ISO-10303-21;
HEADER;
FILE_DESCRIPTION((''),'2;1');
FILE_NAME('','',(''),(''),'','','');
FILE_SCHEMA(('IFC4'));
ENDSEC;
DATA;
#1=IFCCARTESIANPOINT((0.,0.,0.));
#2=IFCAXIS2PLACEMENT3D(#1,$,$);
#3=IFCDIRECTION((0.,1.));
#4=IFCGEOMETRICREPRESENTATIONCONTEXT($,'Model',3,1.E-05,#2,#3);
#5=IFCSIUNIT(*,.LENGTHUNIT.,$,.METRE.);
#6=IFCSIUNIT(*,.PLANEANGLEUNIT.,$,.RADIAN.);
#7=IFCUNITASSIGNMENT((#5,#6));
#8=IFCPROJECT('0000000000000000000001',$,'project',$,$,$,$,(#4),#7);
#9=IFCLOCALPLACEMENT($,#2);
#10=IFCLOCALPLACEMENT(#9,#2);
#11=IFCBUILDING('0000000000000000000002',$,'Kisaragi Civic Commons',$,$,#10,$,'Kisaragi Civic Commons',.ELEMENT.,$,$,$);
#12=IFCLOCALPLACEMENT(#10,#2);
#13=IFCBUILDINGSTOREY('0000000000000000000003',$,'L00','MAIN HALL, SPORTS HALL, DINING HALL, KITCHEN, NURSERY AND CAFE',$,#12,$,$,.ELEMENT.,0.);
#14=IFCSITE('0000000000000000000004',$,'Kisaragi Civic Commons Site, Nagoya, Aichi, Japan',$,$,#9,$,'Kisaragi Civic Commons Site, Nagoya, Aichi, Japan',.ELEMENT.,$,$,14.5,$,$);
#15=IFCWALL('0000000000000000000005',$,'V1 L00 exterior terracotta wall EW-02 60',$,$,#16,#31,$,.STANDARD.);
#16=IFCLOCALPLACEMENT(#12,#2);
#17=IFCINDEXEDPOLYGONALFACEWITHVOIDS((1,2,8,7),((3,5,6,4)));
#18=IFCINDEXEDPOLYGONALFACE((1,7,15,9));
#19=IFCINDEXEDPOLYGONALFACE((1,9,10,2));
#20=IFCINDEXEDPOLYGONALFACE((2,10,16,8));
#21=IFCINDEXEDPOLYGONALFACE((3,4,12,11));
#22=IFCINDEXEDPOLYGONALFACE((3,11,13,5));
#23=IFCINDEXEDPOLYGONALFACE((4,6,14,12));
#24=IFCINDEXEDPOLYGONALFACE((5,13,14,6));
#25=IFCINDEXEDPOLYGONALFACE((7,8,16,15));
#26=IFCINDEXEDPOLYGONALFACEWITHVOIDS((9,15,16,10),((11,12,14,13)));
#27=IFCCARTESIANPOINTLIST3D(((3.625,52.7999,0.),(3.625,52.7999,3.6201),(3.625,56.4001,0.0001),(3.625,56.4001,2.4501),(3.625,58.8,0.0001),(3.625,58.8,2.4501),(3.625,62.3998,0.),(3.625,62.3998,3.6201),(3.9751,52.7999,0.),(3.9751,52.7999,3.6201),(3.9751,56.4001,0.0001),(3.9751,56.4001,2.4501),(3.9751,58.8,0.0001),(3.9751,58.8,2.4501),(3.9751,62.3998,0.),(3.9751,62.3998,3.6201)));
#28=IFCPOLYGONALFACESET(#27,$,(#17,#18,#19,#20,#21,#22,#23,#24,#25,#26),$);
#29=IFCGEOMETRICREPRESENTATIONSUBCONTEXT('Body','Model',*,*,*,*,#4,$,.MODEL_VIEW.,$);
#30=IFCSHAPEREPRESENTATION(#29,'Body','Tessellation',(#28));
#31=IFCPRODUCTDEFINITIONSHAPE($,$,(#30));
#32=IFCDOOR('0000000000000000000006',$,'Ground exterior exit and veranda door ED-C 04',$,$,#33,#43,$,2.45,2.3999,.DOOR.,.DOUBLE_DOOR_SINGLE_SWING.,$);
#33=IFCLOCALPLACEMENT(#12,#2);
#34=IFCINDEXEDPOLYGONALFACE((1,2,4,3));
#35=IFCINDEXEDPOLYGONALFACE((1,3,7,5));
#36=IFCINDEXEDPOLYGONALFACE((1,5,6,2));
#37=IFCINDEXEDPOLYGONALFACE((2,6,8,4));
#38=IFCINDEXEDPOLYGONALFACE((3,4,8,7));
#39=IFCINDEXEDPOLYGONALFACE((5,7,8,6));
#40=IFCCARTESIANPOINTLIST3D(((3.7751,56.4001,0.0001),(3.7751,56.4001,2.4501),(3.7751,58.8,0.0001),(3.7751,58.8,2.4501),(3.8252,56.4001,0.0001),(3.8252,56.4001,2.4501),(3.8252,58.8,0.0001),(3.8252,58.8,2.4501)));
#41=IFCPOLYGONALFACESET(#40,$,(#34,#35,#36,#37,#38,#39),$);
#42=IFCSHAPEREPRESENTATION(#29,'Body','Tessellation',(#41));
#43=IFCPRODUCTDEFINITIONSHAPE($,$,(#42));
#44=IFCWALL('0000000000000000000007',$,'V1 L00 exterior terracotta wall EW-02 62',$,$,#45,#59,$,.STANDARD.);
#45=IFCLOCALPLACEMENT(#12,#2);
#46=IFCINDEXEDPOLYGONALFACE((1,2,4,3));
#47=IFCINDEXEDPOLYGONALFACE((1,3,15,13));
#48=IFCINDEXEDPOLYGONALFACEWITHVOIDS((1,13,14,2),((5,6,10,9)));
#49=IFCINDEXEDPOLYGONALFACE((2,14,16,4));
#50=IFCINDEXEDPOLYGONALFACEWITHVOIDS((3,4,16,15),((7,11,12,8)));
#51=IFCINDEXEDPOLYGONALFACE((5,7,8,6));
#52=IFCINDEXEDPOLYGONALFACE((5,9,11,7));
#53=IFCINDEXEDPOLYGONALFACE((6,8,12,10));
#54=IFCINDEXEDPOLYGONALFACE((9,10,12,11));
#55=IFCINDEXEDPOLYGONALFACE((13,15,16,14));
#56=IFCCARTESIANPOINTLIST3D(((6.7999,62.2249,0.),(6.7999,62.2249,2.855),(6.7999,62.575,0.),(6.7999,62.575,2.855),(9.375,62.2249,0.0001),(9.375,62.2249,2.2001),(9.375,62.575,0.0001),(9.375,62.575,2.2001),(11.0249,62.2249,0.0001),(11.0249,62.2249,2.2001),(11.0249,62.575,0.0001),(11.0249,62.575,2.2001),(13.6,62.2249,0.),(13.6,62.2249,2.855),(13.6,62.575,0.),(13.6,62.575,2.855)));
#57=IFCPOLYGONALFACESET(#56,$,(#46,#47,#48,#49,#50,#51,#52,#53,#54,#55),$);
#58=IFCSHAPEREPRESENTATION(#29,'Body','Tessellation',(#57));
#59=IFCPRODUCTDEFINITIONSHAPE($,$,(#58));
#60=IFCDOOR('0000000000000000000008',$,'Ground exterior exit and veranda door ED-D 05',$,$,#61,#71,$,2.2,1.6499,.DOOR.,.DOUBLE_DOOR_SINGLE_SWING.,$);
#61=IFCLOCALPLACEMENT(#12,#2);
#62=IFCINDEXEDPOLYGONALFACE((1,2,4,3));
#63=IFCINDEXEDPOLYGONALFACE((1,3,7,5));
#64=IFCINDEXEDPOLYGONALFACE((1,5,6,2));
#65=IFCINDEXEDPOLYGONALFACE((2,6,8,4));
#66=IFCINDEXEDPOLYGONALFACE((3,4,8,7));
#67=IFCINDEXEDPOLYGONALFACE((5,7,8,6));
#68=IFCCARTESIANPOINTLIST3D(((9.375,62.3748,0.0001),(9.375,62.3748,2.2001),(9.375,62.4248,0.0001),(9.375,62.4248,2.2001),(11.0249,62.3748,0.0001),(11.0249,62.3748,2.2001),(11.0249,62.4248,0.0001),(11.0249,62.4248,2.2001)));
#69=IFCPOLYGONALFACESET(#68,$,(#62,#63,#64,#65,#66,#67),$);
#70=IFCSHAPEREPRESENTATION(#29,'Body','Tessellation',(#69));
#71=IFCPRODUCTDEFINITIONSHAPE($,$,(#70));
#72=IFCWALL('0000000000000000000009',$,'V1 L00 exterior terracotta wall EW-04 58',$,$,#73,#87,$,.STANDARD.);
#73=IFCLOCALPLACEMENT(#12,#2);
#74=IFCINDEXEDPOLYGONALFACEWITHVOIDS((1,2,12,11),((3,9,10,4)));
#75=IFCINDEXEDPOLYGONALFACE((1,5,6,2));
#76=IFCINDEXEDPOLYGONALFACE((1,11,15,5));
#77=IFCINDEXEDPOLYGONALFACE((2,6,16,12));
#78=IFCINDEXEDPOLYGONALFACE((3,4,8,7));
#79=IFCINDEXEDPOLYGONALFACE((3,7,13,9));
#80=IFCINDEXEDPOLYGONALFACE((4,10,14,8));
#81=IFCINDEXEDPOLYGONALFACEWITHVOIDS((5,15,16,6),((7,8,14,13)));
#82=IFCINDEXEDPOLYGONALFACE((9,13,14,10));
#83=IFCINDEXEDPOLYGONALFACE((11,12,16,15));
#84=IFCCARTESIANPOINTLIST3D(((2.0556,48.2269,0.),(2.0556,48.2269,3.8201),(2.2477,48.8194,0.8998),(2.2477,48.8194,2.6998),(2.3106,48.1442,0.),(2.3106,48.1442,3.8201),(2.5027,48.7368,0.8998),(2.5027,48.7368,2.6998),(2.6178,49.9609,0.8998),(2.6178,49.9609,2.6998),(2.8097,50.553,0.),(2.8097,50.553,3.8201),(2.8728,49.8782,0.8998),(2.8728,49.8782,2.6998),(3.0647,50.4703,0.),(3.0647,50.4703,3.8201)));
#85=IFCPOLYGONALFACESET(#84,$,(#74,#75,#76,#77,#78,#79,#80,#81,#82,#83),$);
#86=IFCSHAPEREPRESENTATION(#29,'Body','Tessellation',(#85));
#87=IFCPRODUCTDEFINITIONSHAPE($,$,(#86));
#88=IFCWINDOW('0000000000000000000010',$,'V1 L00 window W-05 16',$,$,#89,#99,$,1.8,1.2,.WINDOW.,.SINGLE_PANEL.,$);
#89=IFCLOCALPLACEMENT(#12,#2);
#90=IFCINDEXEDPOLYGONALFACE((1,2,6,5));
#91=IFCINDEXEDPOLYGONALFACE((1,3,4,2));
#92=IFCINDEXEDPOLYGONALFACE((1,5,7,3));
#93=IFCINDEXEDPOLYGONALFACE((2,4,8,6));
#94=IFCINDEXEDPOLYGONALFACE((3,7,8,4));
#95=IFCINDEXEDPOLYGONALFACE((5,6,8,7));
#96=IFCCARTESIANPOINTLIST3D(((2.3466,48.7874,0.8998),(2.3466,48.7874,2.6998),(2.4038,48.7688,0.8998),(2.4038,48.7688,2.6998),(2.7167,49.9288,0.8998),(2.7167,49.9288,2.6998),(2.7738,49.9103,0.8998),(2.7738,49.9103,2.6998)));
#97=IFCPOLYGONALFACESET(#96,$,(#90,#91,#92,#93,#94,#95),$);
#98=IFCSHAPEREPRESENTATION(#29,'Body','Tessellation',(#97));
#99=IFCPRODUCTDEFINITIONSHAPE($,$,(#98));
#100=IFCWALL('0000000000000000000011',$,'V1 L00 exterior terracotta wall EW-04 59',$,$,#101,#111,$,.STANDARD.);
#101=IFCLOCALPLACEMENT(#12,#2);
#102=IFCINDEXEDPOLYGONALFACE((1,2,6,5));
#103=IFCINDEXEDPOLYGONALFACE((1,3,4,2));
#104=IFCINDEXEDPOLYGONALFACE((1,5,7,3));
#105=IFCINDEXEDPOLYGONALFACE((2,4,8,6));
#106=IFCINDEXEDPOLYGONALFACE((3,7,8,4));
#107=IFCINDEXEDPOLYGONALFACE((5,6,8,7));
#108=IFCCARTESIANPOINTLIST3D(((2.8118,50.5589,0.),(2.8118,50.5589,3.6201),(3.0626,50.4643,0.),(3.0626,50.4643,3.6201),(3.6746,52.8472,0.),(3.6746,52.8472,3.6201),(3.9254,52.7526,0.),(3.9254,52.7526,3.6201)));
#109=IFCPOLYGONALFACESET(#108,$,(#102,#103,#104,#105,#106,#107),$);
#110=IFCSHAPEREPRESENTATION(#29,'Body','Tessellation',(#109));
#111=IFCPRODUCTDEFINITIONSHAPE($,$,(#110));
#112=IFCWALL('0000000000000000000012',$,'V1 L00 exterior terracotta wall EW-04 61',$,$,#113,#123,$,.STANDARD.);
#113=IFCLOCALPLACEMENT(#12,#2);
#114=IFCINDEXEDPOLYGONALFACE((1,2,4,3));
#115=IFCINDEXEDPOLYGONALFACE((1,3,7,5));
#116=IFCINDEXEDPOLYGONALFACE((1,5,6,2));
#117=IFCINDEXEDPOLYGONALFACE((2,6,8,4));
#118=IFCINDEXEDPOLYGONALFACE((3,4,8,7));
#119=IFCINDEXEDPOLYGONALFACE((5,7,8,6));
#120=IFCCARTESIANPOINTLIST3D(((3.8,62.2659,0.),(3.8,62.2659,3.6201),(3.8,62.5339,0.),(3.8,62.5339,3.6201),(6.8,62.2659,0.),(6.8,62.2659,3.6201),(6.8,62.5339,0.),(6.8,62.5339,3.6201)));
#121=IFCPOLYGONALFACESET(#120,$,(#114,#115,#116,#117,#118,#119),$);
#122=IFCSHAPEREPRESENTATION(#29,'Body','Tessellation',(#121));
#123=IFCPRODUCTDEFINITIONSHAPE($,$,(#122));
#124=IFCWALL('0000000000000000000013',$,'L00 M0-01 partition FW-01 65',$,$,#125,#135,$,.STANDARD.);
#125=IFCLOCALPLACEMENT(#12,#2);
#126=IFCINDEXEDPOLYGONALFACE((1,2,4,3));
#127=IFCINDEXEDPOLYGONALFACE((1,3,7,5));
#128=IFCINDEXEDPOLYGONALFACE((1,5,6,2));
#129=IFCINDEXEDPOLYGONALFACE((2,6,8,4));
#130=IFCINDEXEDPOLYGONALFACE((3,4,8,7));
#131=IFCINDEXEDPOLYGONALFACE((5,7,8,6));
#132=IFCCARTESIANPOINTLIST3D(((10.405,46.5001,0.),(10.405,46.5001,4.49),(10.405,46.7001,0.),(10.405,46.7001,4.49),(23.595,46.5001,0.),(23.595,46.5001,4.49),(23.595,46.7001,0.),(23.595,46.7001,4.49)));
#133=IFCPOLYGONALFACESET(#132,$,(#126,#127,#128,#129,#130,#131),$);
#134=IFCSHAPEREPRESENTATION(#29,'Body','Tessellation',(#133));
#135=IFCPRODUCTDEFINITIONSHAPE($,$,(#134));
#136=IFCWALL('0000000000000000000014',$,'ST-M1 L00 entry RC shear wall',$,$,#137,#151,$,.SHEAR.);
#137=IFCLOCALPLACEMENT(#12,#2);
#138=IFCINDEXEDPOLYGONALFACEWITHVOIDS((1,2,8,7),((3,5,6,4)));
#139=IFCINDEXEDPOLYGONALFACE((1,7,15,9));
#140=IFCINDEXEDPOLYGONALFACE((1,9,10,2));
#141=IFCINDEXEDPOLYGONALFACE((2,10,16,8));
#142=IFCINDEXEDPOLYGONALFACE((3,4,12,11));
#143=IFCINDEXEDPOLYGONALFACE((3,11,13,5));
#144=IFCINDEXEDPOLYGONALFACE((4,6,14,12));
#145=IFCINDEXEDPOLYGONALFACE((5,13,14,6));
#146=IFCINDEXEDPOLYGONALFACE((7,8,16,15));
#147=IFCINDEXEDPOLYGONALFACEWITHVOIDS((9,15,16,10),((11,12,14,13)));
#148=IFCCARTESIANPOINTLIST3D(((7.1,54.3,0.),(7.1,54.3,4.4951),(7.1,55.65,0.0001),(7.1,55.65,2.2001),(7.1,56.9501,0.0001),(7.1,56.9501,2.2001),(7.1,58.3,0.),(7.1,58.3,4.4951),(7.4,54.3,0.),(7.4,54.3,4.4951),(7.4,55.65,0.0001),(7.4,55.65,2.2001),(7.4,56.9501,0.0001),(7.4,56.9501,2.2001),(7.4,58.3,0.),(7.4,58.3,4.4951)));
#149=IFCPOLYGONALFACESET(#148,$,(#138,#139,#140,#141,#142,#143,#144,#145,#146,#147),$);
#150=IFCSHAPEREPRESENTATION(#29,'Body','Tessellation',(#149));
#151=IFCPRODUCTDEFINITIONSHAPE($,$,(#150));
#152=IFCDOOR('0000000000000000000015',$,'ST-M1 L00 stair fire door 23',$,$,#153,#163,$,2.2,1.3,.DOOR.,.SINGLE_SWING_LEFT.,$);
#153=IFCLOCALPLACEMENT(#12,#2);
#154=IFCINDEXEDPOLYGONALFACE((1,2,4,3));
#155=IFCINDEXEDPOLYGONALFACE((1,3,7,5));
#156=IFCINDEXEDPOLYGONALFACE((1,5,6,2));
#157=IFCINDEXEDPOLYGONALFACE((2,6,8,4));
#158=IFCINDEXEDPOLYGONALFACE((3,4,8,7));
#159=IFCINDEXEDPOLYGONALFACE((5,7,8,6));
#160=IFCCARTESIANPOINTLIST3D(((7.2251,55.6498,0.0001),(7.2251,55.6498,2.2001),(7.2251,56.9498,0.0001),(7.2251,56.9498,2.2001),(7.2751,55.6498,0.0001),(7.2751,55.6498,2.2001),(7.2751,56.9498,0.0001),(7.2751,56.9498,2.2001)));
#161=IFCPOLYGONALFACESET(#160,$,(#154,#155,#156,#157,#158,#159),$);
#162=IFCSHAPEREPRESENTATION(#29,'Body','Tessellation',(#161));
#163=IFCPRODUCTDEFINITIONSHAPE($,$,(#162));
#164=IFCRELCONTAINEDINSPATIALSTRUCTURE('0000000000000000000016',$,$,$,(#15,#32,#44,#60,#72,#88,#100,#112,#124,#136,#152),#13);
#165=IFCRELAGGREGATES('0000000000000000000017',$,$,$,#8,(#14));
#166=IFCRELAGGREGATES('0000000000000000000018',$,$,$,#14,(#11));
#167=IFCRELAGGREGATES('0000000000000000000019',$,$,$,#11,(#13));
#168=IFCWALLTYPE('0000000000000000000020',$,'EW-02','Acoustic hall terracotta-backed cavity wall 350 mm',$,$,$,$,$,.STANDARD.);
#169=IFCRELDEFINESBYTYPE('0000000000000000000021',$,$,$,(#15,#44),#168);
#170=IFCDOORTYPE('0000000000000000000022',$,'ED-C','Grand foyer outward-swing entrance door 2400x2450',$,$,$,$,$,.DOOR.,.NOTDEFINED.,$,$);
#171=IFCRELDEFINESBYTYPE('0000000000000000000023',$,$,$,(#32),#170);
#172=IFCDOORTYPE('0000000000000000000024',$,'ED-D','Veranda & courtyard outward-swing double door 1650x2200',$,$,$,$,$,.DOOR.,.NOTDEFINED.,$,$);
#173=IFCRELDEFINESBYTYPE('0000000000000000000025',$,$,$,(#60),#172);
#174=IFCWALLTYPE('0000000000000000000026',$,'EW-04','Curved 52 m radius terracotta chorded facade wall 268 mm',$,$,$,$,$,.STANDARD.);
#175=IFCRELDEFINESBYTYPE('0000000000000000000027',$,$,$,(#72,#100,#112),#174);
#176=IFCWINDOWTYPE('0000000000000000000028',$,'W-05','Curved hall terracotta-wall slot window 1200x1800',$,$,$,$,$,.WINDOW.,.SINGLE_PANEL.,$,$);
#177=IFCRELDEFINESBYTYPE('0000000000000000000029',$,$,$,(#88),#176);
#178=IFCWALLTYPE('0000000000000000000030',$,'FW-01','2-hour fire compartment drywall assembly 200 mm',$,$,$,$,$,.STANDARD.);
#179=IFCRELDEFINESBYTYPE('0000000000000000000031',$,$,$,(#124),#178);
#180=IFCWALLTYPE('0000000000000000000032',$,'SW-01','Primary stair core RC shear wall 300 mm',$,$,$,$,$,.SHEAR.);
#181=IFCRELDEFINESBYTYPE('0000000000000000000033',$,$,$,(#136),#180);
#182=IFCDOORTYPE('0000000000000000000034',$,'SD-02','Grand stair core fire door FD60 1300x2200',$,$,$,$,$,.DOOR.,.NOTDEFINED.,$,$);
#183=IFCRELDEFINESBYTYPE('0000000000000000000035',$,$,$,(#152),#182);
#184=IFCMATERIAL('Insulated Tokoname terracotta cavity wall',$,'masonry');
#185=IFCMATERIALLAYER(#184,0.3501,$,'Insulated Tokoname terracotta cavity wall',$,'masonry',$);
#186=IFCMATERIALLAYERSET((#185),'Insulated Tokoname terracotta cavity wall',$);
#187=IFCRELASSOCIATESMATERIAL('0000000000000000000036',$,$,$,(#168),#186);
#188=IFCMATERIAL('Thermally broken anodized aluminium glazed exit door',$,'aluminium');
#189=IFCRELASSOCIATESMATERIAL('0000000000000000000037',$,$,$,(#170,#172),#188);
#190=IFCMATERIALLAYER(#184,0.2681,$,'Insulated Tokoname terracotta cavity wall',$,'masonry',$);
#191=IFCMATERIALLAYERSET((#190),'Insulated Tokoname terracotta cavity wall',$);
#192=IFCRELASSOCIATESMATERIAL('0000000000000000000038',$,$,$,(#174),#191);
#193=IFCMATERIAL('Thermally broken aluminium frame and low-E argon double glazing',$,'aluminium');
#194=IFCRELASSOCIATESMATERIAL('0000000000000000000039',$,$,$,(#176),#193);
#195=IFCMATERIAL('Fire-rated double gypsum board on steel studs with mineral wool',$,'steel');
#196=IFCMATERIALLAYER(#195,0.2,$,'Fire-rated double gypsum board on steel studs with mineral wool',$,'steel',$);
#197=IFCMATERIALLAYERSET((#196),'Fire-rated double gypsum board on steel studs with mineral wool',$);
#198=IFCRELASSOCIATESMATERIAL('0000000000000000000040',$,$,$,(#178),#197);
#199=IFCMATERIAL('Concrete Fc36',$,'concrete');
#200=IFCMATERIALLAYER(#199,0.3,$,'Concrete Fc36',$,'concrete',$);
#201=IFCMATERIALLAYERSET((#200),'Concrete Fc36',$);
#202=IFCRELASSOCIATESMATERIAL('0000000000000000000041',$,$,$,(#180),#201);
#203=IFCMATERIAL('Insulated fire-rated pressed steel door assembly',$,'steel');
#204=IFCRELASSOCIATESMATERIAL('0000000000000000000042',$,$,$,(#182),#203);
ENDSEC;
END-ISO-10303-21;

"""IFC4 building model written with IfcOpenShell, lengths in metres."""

from ifc_helpers import new_model, si_unit, direction, frame, frame_2d, origin, place, context, subcontext, project, spatial, rectangle, extrude, material, layer, layer_set, type_object, element, fill, save


model = new_model("IFC4")

# Units and contexts
model_context = context("Model", 3, precision=1e-05, world=origin(), true_north=direction((0.0, 1.0)))
body_context = subcontext(model_context, "Body", "Model", "MODEL_VIEW")
ifc_project = project(units=[si_unit("LENGTHUNIT", "METRE"), si_unit("PLANEANGLEUNIT", "RADIAN")], contexts=[model_context])

# Site, building, storey
site_placement = place(None, origin())
site = spatial("IfcSite", under=ifc_project, at=site_placement, Name="Kisaragi Civic Commons Site, Nagoya, Aichi, Japan", LongName="Kisaragi Civic Commons Site, Nagoya, Aichi, Japan", CompositionType="ELEMENT", RefElevation=14.5)
building_placement = place(site_placement, origin())
building = spatial("IfcBuilding", under=site, at=building_placement, Name="Kisaragi Civic Commons", LongName="Kisaragi Civic Commons", CompositionType="ELEMENT")
storey_placement = place(building_placement, origin())
storey = spatial("IfcBuildingStorey", under=building, at=storey_placement, Name="L00", Description="MAIN HALL, SPORTS HALL, DINING HALL, KITCHEN, NURSERY AND CAFE", CompositionType="ELEMENT", Elevation=0.0)

# Shared definitions
ifc_material_1 = material(Name="Concrete Fc36", Category="concrete")

# Walls, openings, doors
ifc_material_2 = material(Name="Insulated Tokoname terracotta cavity wall", Category="masonry")
ifc_layer_1 = layer(ifc_material_2, 0.3501, Name="Insulated Tokoname terracotta cavity wall", Category="masonry")
ifc_layer_set_1 = layer_set([ifc_layer_1], Name="Insulated Tokoname terracotta cavity wall")
wall_type_1 = type_object("IfcWallType", Name="EW-02", Description="Acoustic hall terracotta-backed cavity wall 350 mm", PredefinedType="STANDARD", material=ifc_layer_set_1)
wall_1_placement = place(storey_placement, frame((3.8, 52.8, 0.0), z_axis=(0.0, 0.0, 1.0), x_axis=(0.0, 1.0, 0.0)))
wall_1 = element("IfcWall", 1, at=wall_1_placement, inside=storey, type_object=wall_type_1, Name="V1 L00 exterior terracotta wall EW-02 60", PredefinedType="STANDARD", context=body_context, shape_type="SweptSolid", body=[
    extrude(rectangle(XDim=9.5999, YDim=0.3501, at=frame_2d((4.7998, 0.0))), origin(), (0.0, 0.0, 1.0), 3.6201),
])
opening_1_placement = place(wall_1_placement, frame((3.6001, 0.0, 0.0)))
opening_1 = element("IfcOpeningElement", 2, at=opening_1_placement, cuts=wall_1, PredefinedType="OPENING", context=body_context, shape_type="SweptSolid", body=[
    extrude(rectangle(XDim=2.3999, YDim=2.45, at=frame_2d((1.2, 1.2251))), frame((0.0, 0.1851, 0.0), z_axis=(0.0, -1.0, 0.0), x_axis=(1.0, 0.0, 0.0)), (0.0, 0.0, 1.0), 0.3701),
])
ifc_material_3 = material(Name="Thermally broken anodized aluminium glazed exit door", Category="aluminium")
door_type_1 = type_object("IfcDoorType", Name="ED-C", Description="Grand foyer outward-swing entrance door 2400x2450", OperationType="NOTDEFINED", PredefinedType="DOOR", material=ifc_material_3)
door_1_placement = place(opening_1_placement, origin())
door_1 = element("IfcDoor", 3, at=door_1_placement, inside=storey, type_object=door_type_1, Name="Ground exterior exit and veranda door ED-C 04", OperationType="DOUBLE_DOOR_SINGLE_SWING", OverallHeight=2.45, OverallWidth=2.3999, PredefinedType="DOOR", context=body_context, shape_type="SweptSolid", body=[
    extrude(rectangle(XDim=2.3999, YDim=2.45, at=frame_2d((1.2, 1.2251))), frame((0.0, 0.0249, 0.0), z_axis=(0.0, -1.0, 0.0), x_axis=(1.0, 0.0, 0.0)), (0.0, 0.0, 1.0), 0.05),
])
fill(opening_1, door_1)
wall_2_placement = place(storey_placement, frame((6.8, 62.3999, 0.0), z_axis=(0.0, 0.0, 1.0), x_axis=(1.0, 0.0, 0.0)))
wall_2 = element("IfcWall", 4, at=wall_2_placement, inside=storey, type_object=wall_type_1, Name="V1 L00 exterior terracotta wall EW-02 62", PredefinedType="STANDARD", context=body_context, shape_type="SweptSolid", body=[
    extrude(rectangle(XDim=6.8, YDim=0.3501, at=frame_2d((3.3999, 0.0))), origin(), (0.0, 0.0, 1.0), 2.855),
])
opening_2_placement = place(wall_2_placement, frame((2.575, 0.0, 0.0)))
opening_2 = element("IfcOpeningElement", 5, at=opening_2_placement, cuts=wall_2, PredefinedType="OPENING", context=body_context, shape_type="SweptSolid", body=[
    extrude(rectangle(XDim=1.6499, YDim=2.2, at=frame_2d((0.825, 1.1001))), frame((0.0, 0.1851, 0.0), z_axis=(0.0, -1.0, 0.0), x_axis=(1.0, 0.0, 0.0)), (0.0, 0.0, 1.0), 0.3701),
])
door_type_2 = type_object("IfcDoorType", Name="ED-D", Description="Veranda & courtyard outward-swing double door 1650x2200", OperationType="NOTDEFINED", PredefinedType="DOOR", material=ifc_material_3)
door_2_placement = place(opening_2_placement, origin())
door_2 = element("IfcDoor", 6, at=door_2_placement, inside=storey, type_object=door_type_2, Name="Ground exterior exit and veranda door ED-D 05", OperationType="DOUBLE_DOOR_SINGLE_SWING", OverallHeight=2.2, OverallWidth=1.6499, PredefinedType="DOOR", context=body_context, shape_type="SweptSolid", body=[
    extrude(rectangle(XDim=1.6499, YDim=2.2, at=frame_2d((0.825, 1.1001))), frame((0.0, 0.0249, 0.0), z_axis=(0.0, -1.0, 0.0), x_axis=(1.0, 0.0, 0.0)), (0.0, 0.0, 1.0), 0.05),
])
fill(opening_2, door_2)

# Wall, opening, window
ifc_layer_2 = layer(ifc_material_2, 0.2681, Name="Insulated Tokoname terracotta cavity wall", Category="masonry")
ifc_layer_set_2 = layer_set([ifc_layer_2], Name="Insulated Tokoname terracotta cavity wall")
wall_type_2 = type_object("IfcWallType", Name="EW-04", Description="Curved 52 m radius terracotta chorded facade wall 268 mm", PredefinedType="STANDARD", material=ifc_layer_set_2)
wall_3_placement = place(storey_placement, frame((2.1831, 48.1855, 0.0), z_axis=(0.0, 0.0, 1.0), x_axis=(0.3084, 0.951257, 0.0)))
wall_3 = element("IfcWall", 7, at=wall_3_placement, inside=storey, type_object=wall_type_2, Name="V1 L00 exterior terracotta wall EW-04 58", PredefinedType="STANDARD", context=body_context, shape_type="SweptSolid", body=[
    extrude(rectangle(XDim=2.4453, YDim=0.2681, at=frame_2d((1.2227, 0.0))), origin(), (0.0, 0.0, 1.0), 3.8201),
])
opening_3_placement = place(wall_3_placement, frame((0.6228, 0.0, 0.8999)))
opening_3 = element("IfcOpeningElement", 8, at=opening_3_placement, cuts=wall_3, PredefinedType="OPENING", context=body_context, shape_type="SweptSolid", body=[
    extrude(rectangle(XDim=1.2, YDim=1.8, at=frame_2d((0.6001, 0.8999))), frame((0.0, 0.144, 0.0), z_axis=(0.0, -1.0, 0.0), x_axis=(1.0, 0.0, 0.0)), (0.0, 0.0, 1.0), 0.2881),
])
ifc_material_4 = material(Name="Thermally broken aluminium frame and low-E argon double glazing", Category="aluminium")
window_type = type_object("IfcWindowType", Name="W-05", Description="Curved hall terracotta-wall slot window 1200x1800", PartitioningType="SINGLE_PANEL", PredefinedType="WINDOW", material=ifc_material_4)
window_placement = place(opening_3_placement, origin())
window = element("IfcWindow", 9, at=window_placement, inside=storey, type_object=window_type, Name="V1 L00 window W-05 16", OverallHeight=1.8, OverallWidth=1.2, PartitioningType="SINGLE_PANEL", PredefinedType="WINDOW", context=body_context, shape_type="SweptSolid", body=[
    extrude(rectangle(XDim=1.2, YDim=1.8, at=frame_2d((0.6001, 0.8999))), frame((0.0, 0.03, 0.0), z_axis=(0.0, -1.0, 0.0), x_axis=(1.0, 0.0, 0.0)), (0.0, 0.0, 1.0), 0.0601),
])
fill(opening_3, window)

# Walls
wall_4_placement = place(storey_placement, frame((2.9373, 50.5117, 0.0), z_axis=(0.0, 0.0, 1.0), x_axis=(0.352797, 0.9357, 0.0)))
element("IfcWall", 10, at=wall_4_placement, inside=storey, type_object=wall_type_2, Name="V1 L00 exterior terracotta wall EW-04 59", PredefinedType="STANDARD", context=body_context, shape_type="SweptSolid", body=[
    extrude(rectangle(XDim=2.4456, YDim=0.2681, at=frame_2d((1.2227, 0.0))), origin(), (0.0, 0.0, 1.0), 3.6201),
])
wall_5_placement = place(storey_placement, frame((3.8, 62.3999, 0.0), z_axis=(0.0, 0.0, 1.0), x_axis=(1.0, 0.0, 0.0)))
element("IfcWall", 11, at=wall_5_placement, inside=storey, type_object=wall_type_2, Name="V1 L00 exterior terracotta wall EW-04 61", PredefinedType="STANDARD", context=body_context, shape_type="SweptSolid", body=[
    extrude(rectangle(XDim=3.0, YDim=0.2681, at=frame_2d((1.5, 0.0))), origin(), (0.0, 0.0, 1.0), 3.6201),
])
ifc_material_5 = material(Name="Fire-rated double gypsum board on steel studs with mineral wool", Category="steel")
ifc_layer_3 = layer(ifc_material_5, 0.2, Name="Fire-rated double gypsum board on steel studs with mineral wool", Category="steel")
ifc_layer_set_3 = layer_set([ifc_layer_3], Name="Fire-rated double gypsum board on steel studs with mineral wool")
wall_type_3 = type_object("IfcWallType", Name="FW-01", Description="2-hour fire compartment drywall assembly 200 mm", PredefinedType="STANDARD", material=ifc_layer_set_3)
wall_6_placement = place(storey_placement, frame((10.405, 46.6001, 0.0), z_axis=(0.0, 0.0, 1.0), x_axis=(1.0, 0.0, 0.0)))
element("IfcWall", 12, at=wall_6_placement, inside=storey, type_object=wall_type_3, Name="L00 M0-01 partition FW-01 65", PredefinedType="STANDARD", context=body_context, shape_type="SweptSolid", body=[
    extrude(rectangle(XDim=13.1899, YDim=0.2, at=frame_2d((6.595, 0.0))), origin(), (0.0, 0.0, 1.0), 4.49),
])

# Wall, opening, door
ifc_layer_4 = layer(ifc_material_1, 0.3, Name="Concrete Fc36", Category="concrete")
ifc_layer_set_4 = layer_set([ifc_layer_4], Name="Concrete Fc36")
wall_type_4 = type_object("IfcWallType", Name="SW-01", Description="Primary stair core RC shear wall 300 mm", PredefinedType="SHEAR", material=ifc_layer_set_4)
wall_7_placement = place(storey_placement, frame((7.25, 58.3, 0.0), z_axis=(0.0, 0.0, 1.0), x_axis=(0.0, -1.0, 0.0)))
wall_7 = element("IfcWall", 13, at=wall_7_placement, inside=storey, type_object=wall_type_4, Name="ST-M1 L00 entry RC shear wall", PredefinedType="SHEAR", context=body_context, shape_type="SweptSolid", body=[
    extrude(rectangle(XDim=4.0, YDim=0.3, at=frame_2d((2.0, 0.0))), origin(), (0.0, 0.0, 1.0), 4.4951),
])
opening_4_placement = place(wall_7_placement, frame((1.3501, 0.0, 0.0)))
opening_4 = element("IfcOpeningElement", 14, at=opening_4_placement, cuts=wall_7, PredefinedType="OPENING", context=body_context, shape_type="SweptSolid", body=[
    extrude(rectangle(XDim=1.3, YDim=2.2, at=frame_2d((0.6499, 1.1001))), frame((0.0, 0.1599, 0.0), z_axis=(0.0, -1.0, 0.0), x_axis=(1.0, 0.0, 0.0)), (0.0, 0.0, 1.0), 0.3201),
])
ifc_material_6 = material(Name="Insulated fire-rated pressed steel door assembly", Category="steel")
door_type_3 = type_object("IfcDoorType", Name="SD-02", Description="Grand stair core fire door FD60 1300x2200", OperationType="NOTDEFINED", PredefinedType="DOOR", material=ifc_material_6)
door_3_placement = place(opening_4_placement, frame((1.3, 0.0, 0.0), z_axis=(0.0, 0.0, 1.0), x_axis=(-1.0, 0.0, 0.0)))
door_3 = element("IfcDoor", 15, at=door_3_placement, inside=storey, type_object=door_type_3, Name="ST-M1 L00 stair fire door 23", OperationType="SINGLE_SWING_LEFT", OverallHeight=2.2, OverallWidth=1.3, PredefinedType="DOOR", context=body_context, shape_type="SweptSolid", body=[
    extrude(rectangle(XDim=1.3, YDim=2.2, at=frame_2d((0.6499, 1.1001))), frame((0.0, 0.0249, 0.0), z_axis=(0.0, -1.0, 0.0), x_axis=(1.0, 0.0, 0.0)), (0.0, 0.0, 1.0), 0.05),
])
fill(opening_4, door_3)

save(model, "model.ifc")
